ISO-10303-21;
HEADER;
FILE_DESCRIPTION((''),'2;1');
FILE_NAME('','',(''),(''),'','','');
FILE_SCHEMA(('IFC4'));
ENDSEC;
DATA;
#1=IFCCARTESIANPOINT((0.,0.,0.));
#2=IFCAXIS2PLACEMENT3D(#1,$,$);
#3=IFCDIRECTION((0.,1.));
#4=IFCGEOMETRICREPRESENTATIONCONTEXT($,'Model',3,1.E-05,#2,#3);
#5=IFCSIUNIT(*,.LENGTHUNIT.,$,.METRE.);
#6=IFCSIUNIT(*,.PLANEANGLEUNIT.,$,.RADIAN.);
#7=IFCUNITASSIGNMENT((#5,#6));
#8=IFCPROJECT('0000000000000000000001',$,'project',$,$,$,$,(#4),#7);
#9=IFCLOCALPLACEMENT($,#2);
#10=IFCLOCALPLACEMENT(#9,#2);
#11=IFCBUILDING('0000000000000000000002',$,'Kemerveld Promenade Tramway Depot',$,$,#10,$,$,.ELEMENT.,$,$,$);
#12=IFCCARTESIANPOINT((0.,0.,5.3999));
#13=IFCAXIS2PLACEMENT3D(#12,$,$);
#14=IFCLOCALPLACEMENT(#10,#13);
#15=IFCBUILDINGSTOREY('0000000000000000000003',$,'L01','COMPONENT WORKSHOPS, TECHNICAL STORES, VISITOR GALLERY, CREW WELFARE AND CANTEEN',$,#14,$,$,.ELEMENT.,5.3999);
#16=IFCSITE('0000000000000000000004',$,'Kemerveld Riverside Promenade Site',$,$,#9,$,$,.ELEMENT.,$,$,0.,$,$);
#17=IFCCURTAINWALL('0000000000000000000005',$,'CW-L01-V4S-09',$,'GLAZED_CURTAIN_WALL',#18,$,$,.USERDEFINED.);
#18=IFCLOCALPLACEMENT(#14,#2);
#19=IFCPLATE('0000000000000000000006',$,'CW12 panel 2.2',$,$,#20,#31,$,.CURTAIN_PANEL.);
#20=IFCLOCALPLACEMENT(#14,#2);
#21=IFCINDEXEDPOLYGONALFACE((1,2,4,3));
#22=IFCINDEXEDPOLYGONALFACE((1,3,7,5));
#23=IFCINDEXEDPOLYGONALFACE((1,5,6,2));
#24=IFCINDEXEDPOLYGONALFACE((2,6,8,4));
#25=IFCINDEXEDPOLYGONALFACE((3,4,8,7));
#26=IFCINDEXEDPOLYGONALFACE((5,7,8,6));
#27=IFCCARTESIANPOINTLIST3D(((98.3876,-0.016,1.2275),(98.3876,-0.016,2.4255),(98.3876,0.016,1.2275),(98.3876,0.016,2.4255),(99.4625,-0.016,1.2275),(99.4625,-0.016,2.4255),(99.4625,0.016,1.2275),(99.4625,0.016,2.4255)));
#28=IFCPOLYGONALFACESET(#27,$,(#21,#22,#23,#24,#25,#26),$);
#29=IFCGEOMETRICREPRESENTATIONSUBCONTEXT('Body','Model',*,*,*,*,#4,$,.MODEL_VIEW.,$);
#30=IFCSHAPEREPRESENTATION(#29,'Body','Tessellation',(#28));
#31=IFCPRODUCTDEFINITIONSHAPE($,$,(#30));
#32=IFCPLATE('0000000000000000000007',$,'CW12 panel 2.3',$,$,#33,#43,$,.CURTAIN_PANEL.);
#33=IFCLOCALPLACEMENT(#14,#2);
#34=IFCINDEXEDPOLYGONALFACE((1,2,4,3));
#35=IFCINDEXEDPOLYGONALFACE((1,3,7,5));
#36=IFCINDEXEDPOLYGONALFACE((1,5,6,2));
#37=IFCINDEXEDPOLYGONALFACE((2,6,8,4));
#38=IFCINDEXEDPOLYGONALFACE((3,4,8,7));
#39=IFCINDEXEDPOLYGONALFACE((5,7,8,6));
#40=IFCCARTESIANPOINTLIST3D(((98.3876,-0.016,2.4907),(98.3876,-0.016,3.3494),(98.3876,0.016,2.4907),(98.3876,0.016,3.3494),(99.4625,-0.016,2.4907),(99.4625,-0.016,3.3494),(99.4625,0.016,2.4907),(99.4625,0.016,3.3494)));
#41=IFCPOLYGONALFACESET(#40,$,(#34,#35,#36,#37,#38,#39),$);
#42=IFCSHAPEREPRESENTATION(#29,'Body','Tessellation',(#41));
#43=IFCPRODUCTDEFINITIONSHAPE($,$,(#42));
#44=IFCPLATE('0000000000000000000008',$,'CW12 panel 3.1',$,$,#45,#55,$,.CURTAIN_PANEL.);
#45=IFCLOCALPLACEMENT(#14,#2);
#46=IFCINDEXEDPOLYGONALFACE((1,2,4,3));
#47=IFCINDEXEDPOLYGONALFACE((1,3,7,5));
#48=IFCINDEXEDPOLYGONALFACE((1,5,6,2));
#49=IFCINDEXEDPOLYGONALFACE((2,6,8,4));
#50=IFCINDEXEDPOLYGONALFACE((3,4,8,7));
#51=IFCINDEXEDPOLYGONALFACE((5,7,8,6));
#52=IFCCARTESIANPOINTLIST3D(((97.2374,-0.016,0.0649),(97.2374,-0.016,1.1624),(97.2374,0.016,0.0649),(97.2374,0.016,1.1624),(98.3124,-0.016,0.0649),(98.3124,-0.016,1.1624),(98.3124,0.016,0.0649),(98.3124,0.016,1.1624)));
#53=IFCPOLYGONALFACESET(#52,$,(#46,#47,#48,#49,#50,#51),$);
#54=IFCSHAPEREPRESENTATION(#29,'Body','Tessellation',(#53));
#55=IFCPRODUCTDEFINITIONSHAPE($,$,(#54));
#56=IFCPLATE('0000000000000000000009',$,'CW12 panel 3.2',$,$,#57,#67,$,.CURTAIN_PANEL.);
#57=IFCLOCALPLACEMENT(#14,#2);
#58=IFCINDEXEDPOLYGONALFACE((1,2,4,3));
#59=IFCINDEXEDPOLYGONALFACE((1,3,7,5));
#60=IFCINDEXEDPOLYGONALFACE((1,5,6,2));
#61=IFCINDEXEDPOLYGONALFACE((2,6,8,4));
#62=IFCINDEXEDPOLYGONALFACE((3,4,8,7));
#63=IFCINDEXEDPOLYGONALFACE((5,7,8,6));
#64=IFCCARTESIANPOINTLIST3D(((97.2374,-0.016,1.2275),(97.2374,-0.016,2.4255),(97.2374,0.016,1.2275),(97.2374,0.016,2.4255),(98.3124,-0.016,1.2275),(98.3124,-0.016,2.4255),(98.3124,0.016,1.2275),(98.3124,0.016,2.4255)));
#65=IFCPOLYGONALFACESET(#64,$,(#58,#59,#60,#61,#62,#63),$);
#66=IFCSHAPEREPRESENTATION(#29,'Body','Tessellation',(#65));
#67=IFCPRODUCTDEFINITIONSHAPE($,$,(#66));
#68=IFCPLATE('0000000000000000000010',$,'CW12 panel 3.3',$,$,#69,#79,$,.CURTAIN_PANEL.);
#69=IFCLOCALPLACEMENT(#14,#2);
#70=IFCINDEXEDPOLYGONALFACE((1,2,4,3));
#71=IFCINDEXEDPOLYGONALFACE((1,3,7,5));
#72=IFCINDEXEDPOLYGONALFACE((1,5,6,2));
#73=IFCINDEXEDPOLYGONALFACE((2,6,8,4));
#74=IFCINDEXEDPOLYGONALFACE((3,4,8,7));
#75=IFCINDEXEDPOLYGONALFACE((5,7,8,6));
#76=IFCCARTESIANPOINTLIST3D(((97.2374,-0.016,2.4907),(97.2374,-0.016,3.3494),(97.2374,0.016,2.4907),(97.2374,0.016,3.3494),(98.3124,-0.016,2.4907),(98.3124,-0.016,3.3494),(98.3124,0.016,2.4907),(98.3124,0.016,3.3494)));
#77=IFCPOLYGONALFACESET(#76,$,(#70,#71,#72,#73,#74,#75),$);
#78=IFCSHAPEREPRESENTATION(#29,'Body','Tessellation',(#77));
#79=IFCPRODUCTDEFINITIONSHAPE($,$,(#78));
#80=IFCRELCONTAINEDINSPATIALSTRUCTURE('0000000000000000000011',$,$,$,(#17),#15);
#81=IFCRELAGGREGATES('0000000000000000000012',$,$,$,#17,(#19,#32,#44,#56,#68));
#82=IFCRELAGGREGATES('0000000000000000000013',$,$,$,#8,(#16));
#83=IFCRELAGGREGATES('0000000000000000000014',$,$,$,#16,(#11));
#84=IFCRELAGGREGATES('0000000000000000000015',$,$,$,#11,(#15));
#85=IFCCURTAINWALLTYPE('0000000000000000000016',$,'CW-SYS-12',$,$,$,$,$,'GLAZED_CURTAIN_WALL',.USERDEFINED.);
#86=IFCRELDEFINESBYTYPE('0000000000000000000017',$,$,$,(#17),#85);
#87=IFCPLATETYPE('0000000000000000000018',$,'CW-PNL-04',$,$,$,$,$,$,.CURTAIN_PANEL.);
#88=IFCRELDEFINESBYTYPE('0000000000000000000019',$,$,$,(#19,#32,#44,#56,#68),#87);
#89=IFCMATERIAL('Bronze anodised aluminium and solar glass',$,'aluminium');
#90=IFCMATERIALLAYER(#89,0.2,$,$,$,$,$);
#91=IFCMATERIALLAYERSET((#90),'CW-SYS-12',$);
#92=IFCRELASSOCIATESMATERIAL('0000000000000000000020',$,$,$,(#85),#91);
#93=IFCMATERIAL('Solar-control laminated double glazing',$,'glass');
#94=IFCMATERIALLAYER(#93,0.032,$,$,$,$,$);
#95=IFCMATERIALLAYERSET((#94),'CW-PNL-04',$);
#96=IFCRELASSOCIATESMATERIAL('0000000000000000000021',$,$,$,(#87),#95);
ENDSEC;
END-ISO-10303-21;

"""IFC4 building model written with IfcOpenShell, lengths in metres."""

from ifc_helpers import new_model, si_unit, direction, frame, origin, origin_2d, place, context, subcontext, project, spatial, rectangle, extrude, material, layer, layer_set, type_object, element, aggregate, save


model = new_model("IFC4")

# Units and contexts
model_context = context("Model", 3, precision=1e-05, world=origin(), true_north=direction((0.0, 1.0)))
body_context = subcontext(model_context, "Body", "Model", "MODEL_VIEW")
ifc_project = project(units=[si_unit("LENGTHUNIT", "METRE"), si_unit("PLANEANGLEUNIT", "RADIAN")], contexts=[model_context])

# Site, building, storey
site_placement = place(None, origin())
site = spatial("IfcSite", under=ifc_project, at=site_placement, Name="Kemerveld Riverside Promenade Site", CompositionType="ELEMENT", RefElevation=0.0)
building_placement = place(site_placement, origin())
building = spatial("IfcBuilding", under=site, at=building_placement, Name="Kemerveld Promenade Tramway Depot", CompositionType="ELEMENT")
storey_placement = place(building_placement, frame((0.0, 0.0, 5.3999)))
storey = spatial("IfcBuildingStorey", under=building, at=storey_placement, Name="L01", Description="COMPONENT WORKSHOPS, TECHNICAL STORES, VISITOR GALLERY, CREW WELFARE AND CANTEEN", CompositionType="ELEMENT", Elevation=5.3999)

# Curtain wall, plates
ifc_material_1 = material(Name="Bronze anodised aluminium and solar glass", Category="aluminium")
ifc_layer_1 = layer(ifc_material_1, 0.2)
ifc_layer_set_1 = layer_set([ifc_layer_1], Name="CW-SYS-12")
curtain_wall_type = type_object("IfcCurtainWallType", Name="CW-SYS-12", ElementType="GLAZED_CURTAIN_WALL", PredefinedType="USERDEFINED", material=ifc_layer_set_1)
curtain_wall_placement = place(storey_placement, origin())
curtain_wall = element("IfcCurtainWall", 1, at=curtain_wall_placement, inside=storey, type_object=curtain_wall_type, Name="CW-L01-V4S-09", ObjectType="GLAZED_CURTAIN_WALL", PredefinedType="USERDEFINED")
ifc_material_2 = material(Name="Solar-control laminated double glazing", Category="glass")
ifc_layer_2 = layer(ifc_material_2, 0.032)
ifc_layer_set_2 = layer_set([ifc_layer_2], Name="CW-PNL-04")
plate_type = type_object("IfcPlateType", Name="CW-PNL-04", PredefinedType="CURTAIN_PANEL", material=ifc_layer_set_2)
plate_1_placement = place(storey_placement, frame((98.925, 0.0, 1.2275), z_axis=(0.0, 0.0, 1.0), x_axis=(-1.0, 0.0, 0.0)))
plate_1 = element("IfcPlate", 2, at=plate_1_placement, type_object=plate_type, Name="CW12 panel 2.2", PredefinedType="CURTAIN_PANEL", context=body_context, shape_type="SweptSolid", body=[
    extrude(rectangle(XDim=1.075, YDim=0.032, at=origin_2d()), origin(), (0.0, 0.0, 1.0), 1.198),
])
plate_2_placement = place(storey_placement, frame((98.925, 0.0, 2.4907), z_axis=(0.0, 0.0, 1.0), x_axis=(-1.0, 0.0, 0.0)))
plate_2 = element("IfcPlate", 3, at=plate_2_placement, type_object=plate_type, Name="CW12 panel 2.3", PredefinedType="CURTAIN_PANEL", context=body_context, shape_type="SweptSolid", body=[
    extrude(rectangle(XDim=1.075, YDim=0.032, at=origin_2d()), origin(), (0.0, 0.0, 1.0), 0.8586),
])
plate_3_placement = place(storey_placement, frame((97.7749, 0.0, 0.0649), z_axis=(0.0, 0.0, 1.0), x_axis=(-1.0, 0.0, 0.0)))
plate_3 = element("IfcPlate", 4, at=plate_3_placement, type_object=plate_type, Name="CW12 panel 3.1", PredefinedType="CURTAIN_PANEL", context=body_context, shape_type="SweptSolid", body=[
    extrude(rectangle(XDim=1.075, YDim=0.032, at=origin_2d()), origin(), (0.0, 0.0, 1.0), 1.0974),
])
plate_4_placement = place(storey_placement, frame((97.7749, 0.0, 1.2275), z_axis=(0.0, 0.0, 1.0), x_axis=(-1.0, 0.0, 0.0)))
plate_4 = element("IfcPlate", 5, at=plate_4_placement, type_object=plate_type, Name="CW12 panel 3.2", PredefinedType="CURTAIN_PANEL", context=body_context, shape_type="SweptSolid", body=[
    extrude(rectangle(XDim=1.075, YDim=0.032, at=origin_2d()), origin(), (0.0, 0.0, 1.0), 1.198),
])
plate_5_placement = place(storey_placement, frame((97.7749, 0.0, 2.4907), z_axis=(0.0, 0.0, 1.0), x_axis=(-1.0, 0.0, 0.0)))
plate_5 = element("IfcPlate", 6, at=plate_5_placement, type_object=plate_type, Name="CW12 panel 3.3", PredefinedType="CURTAIN_PANEL", context=body_context, shape_type="SweptSolid", body=[
    extrude(rectangle(XDim=1.075, YDim=0.032, at=origin_2d()), origin(), (0.0, 0.0, 1.0), 0.8586),
])
aggregate(curtain_wall, [plate_1, plate_2, plate_3, plate_4, plate_5])

save(model, "model.ifc")
